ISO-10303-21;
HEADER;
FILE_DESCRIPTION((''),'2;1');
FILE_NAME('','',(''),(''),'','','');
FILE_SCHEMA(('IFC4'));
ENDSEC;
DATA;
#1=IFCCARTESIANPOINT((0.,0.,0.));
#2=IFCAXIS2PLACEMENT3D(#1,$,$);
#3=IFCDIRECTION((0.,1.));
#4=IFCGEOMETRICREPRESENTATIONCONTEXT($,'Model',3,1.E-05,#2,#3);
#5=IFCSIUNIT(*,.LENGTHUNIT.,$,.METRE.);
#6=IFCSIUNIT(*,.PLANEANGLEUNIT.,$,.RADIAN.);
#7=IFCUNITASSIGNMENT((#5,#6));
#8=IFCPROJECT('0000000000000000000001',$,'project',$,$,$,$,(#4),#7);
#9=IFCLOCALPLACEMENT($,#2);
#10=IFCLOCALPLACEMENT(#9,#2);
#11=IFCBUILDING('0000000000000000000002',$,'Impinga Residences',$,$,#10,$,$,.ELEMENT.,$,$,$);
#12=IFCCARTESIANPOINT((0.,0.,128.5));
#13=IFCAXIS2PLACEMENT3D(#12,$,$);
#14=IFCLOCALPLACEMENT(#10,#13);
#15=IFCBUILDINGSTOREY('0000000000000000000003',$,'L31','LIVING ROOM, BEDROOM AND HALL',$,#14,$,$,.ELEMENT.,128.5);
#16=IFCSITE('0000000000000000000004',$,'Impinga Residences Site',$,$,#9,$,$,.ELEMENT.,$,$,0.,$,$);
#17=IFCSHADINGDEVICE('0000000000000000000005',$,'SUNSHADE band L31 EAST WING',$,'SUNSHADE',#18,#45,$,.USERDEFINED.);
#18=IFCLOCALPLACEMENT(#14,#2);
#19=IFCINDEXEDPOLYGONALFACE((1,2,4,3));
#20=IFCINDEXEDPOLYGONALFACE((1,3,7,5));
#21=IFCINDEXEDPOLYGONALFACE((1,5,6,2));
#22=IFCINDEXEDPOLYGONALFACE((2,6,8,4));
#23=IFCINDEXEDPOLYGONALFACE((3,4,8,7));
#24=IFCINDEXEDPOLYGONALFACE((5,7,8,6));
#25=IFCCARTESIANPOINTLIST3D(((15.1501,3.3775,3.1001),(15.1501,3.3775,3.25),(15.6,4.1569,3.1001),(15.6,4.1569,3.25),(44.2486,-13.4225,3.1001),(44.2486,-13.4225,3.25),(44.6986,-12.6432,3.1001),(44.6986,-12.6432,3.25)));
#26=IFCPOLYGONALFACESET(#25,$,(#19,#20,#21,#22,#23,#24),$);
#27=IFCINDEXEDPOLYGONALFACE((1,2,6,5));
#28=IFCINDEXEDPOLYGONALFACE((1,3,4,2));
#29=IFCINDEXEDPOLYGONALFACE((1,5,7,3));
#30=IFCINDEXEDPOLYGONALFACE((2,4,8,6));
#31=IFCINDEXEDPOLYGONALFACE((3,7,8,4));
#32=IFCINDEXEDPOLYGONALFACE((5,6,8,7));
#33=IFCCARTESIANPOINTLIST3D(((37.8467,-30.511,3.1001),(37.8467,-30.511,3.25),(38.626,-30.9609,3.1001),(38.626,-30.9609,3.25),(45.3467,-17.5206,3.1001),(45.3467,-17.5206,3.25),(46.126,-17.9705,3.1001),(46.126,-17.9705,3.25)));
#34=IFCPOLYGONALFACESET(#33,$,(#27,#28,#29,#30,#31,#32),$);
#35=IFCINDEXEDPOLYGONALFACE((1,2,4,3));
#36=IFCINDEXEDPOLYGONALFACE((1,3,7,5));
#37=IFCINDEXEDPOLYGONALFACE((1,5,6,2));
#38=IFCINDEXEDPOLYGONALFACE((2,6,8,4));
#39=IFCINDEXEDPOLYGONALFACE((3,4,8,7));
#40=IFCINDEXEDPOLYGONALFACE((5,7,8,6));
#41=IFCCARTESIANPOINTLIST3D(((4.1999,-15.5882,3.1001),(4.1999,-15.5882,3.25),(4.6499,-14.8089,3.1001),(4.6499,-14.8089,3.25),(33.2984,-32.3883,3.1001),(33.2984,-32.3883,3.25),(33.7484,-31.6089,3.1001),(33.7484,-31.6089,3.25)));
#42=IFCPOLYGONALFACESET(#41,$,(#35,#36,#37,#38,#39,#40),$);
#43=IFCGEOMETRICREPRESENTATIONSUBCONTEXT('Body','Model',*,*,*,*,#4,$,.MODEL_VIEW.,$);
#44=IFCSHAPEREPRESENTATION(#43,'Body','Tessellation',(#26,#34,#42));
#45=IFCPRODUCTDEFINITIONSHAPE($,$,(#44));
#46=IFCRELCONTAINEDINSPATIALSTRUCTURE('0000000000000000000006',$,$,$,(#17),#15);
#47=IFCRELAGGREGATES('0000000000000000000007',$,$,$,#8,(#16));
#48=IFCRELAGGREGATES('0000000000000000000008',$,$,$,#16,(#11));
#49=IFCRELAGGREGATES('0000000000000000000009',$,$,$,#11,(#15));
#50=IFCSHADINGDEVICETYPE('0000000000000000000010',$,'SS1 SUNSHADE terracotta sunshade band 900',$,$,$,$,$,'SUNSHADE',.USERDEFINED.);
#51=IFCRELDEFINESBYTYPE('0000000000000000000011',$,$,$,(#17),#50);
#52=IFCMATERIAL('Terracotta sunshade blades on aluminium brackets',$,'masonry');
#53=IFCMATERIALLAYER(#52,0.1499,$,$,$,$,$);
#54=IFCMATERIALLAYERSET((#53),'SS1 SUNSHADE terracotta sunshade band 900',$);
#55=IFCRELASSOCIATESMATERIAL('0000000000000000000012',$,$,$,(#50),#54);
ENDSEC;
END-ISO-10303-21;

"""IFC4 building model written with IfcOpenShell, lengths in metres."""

from ifc_helpers import new_model, si_unit, direction, frame, origin, origin_2d, place, context, subcontext, project, spatial, rectangle, extrude, material, layer, layer_set, type_object, element, save


model = new_model("IFC4")

# Units and contexts
model_context = context("Model", 3, precision=1e-05, world=origin(), true_north=direction((0.0, 1.0)))
body_context = subcontext(model_context, "Body", "Model", "MODEL_VIEW")
ifc_project = project(units=[si_unit("LENGTHUNIT", "METRE"), si_unit("PLANEANGLEUNIT", "RADIAN")], contexts=[model_context])

# Site, building, storey
site_placement = place(None, origin())
site = spatial("IfcSite", under=ifc_project, at=site_placement, Name="Impinga Residences Site", CompositionType="ELEMENT", RefElevation=0.0)
building_placement = place(site_placement, origin())
building = spatial("IfcBuilding", under=site, at=building_placement, Name="Impinga Residences", CompositionType="ELEMENT")
storey_placement = place(building_placement, frame((0.0, 0.0, 128.5)))
storey = spatial("IfcBuildingStorey", under=building, at=storey_placement, Name="L31", Description="LIVING ROOM, BEDROOM AND HALL", CompositionType="ELEMENT", Elevation=128.5)

# Shading device
ifc_material_1 = material(Name="Terracotta sunshade blades on aluminium brackets", Category="masonry")
ifc_layer_1 = layer(ifc_material_1, 0.1499)
ifc_layer_set_1 = layer_set([ifc_layer_1], Name="SS1 SUNSHADE terracotta sunshade band 900")
shading_device_type = type_object("IfcShadingDeviceType", Name="SS1 SUNSHADE terracotta sunshade band 900", ElementType="SUNSHADE", PredefinedType="USERDEFINED", material=ifc_layer_set_1)
shading_device_placement = place(storey_placement, frame((29.9243, -4.6328, 3.1001), z_axis=(0.0, 0.0, 1.0), x_axis=(0.866025, -0.5, 0.0)))
element("IfcShadingDevice", 1, at=shading_device_placement, inside=storey, type_object=shading_device_type, Name="SUNSHADE band L31 EAST WING", ObjectType="SUNSHADE", PredefinedType="USERDEFINED", context=body_context, shape_type="SweptSolid", body=[
    extrude(rectangle(XDim=33.6001, YDim=0.8999, at=origin_2d()), origin(), (0.0, 0.0, 1.0), 0.1499),
    extrude(rectangle(XDim=15.0, YDim=0.8999, at=origin_2d()), frame((20.25, -10.95, 0.0), z_axis=(0.0, 0.0, 1.0), x_axis=(0.0, -1.0, 0.0)), (0.0, 0.0, 1.0), 0.1499),
    extrude(rectangle(XDim=33.6001, YDim=0.8999, at=origin_2d()), frame((-0.0002, -21.8999, 0.0), z_axis=(0.0, 0.0, 1.0), x_axis=(-1.0, 0.0, 0.0)), (0.0, 0.0, 1.0), 0.1499),
])

save(model, "model.ifc")
